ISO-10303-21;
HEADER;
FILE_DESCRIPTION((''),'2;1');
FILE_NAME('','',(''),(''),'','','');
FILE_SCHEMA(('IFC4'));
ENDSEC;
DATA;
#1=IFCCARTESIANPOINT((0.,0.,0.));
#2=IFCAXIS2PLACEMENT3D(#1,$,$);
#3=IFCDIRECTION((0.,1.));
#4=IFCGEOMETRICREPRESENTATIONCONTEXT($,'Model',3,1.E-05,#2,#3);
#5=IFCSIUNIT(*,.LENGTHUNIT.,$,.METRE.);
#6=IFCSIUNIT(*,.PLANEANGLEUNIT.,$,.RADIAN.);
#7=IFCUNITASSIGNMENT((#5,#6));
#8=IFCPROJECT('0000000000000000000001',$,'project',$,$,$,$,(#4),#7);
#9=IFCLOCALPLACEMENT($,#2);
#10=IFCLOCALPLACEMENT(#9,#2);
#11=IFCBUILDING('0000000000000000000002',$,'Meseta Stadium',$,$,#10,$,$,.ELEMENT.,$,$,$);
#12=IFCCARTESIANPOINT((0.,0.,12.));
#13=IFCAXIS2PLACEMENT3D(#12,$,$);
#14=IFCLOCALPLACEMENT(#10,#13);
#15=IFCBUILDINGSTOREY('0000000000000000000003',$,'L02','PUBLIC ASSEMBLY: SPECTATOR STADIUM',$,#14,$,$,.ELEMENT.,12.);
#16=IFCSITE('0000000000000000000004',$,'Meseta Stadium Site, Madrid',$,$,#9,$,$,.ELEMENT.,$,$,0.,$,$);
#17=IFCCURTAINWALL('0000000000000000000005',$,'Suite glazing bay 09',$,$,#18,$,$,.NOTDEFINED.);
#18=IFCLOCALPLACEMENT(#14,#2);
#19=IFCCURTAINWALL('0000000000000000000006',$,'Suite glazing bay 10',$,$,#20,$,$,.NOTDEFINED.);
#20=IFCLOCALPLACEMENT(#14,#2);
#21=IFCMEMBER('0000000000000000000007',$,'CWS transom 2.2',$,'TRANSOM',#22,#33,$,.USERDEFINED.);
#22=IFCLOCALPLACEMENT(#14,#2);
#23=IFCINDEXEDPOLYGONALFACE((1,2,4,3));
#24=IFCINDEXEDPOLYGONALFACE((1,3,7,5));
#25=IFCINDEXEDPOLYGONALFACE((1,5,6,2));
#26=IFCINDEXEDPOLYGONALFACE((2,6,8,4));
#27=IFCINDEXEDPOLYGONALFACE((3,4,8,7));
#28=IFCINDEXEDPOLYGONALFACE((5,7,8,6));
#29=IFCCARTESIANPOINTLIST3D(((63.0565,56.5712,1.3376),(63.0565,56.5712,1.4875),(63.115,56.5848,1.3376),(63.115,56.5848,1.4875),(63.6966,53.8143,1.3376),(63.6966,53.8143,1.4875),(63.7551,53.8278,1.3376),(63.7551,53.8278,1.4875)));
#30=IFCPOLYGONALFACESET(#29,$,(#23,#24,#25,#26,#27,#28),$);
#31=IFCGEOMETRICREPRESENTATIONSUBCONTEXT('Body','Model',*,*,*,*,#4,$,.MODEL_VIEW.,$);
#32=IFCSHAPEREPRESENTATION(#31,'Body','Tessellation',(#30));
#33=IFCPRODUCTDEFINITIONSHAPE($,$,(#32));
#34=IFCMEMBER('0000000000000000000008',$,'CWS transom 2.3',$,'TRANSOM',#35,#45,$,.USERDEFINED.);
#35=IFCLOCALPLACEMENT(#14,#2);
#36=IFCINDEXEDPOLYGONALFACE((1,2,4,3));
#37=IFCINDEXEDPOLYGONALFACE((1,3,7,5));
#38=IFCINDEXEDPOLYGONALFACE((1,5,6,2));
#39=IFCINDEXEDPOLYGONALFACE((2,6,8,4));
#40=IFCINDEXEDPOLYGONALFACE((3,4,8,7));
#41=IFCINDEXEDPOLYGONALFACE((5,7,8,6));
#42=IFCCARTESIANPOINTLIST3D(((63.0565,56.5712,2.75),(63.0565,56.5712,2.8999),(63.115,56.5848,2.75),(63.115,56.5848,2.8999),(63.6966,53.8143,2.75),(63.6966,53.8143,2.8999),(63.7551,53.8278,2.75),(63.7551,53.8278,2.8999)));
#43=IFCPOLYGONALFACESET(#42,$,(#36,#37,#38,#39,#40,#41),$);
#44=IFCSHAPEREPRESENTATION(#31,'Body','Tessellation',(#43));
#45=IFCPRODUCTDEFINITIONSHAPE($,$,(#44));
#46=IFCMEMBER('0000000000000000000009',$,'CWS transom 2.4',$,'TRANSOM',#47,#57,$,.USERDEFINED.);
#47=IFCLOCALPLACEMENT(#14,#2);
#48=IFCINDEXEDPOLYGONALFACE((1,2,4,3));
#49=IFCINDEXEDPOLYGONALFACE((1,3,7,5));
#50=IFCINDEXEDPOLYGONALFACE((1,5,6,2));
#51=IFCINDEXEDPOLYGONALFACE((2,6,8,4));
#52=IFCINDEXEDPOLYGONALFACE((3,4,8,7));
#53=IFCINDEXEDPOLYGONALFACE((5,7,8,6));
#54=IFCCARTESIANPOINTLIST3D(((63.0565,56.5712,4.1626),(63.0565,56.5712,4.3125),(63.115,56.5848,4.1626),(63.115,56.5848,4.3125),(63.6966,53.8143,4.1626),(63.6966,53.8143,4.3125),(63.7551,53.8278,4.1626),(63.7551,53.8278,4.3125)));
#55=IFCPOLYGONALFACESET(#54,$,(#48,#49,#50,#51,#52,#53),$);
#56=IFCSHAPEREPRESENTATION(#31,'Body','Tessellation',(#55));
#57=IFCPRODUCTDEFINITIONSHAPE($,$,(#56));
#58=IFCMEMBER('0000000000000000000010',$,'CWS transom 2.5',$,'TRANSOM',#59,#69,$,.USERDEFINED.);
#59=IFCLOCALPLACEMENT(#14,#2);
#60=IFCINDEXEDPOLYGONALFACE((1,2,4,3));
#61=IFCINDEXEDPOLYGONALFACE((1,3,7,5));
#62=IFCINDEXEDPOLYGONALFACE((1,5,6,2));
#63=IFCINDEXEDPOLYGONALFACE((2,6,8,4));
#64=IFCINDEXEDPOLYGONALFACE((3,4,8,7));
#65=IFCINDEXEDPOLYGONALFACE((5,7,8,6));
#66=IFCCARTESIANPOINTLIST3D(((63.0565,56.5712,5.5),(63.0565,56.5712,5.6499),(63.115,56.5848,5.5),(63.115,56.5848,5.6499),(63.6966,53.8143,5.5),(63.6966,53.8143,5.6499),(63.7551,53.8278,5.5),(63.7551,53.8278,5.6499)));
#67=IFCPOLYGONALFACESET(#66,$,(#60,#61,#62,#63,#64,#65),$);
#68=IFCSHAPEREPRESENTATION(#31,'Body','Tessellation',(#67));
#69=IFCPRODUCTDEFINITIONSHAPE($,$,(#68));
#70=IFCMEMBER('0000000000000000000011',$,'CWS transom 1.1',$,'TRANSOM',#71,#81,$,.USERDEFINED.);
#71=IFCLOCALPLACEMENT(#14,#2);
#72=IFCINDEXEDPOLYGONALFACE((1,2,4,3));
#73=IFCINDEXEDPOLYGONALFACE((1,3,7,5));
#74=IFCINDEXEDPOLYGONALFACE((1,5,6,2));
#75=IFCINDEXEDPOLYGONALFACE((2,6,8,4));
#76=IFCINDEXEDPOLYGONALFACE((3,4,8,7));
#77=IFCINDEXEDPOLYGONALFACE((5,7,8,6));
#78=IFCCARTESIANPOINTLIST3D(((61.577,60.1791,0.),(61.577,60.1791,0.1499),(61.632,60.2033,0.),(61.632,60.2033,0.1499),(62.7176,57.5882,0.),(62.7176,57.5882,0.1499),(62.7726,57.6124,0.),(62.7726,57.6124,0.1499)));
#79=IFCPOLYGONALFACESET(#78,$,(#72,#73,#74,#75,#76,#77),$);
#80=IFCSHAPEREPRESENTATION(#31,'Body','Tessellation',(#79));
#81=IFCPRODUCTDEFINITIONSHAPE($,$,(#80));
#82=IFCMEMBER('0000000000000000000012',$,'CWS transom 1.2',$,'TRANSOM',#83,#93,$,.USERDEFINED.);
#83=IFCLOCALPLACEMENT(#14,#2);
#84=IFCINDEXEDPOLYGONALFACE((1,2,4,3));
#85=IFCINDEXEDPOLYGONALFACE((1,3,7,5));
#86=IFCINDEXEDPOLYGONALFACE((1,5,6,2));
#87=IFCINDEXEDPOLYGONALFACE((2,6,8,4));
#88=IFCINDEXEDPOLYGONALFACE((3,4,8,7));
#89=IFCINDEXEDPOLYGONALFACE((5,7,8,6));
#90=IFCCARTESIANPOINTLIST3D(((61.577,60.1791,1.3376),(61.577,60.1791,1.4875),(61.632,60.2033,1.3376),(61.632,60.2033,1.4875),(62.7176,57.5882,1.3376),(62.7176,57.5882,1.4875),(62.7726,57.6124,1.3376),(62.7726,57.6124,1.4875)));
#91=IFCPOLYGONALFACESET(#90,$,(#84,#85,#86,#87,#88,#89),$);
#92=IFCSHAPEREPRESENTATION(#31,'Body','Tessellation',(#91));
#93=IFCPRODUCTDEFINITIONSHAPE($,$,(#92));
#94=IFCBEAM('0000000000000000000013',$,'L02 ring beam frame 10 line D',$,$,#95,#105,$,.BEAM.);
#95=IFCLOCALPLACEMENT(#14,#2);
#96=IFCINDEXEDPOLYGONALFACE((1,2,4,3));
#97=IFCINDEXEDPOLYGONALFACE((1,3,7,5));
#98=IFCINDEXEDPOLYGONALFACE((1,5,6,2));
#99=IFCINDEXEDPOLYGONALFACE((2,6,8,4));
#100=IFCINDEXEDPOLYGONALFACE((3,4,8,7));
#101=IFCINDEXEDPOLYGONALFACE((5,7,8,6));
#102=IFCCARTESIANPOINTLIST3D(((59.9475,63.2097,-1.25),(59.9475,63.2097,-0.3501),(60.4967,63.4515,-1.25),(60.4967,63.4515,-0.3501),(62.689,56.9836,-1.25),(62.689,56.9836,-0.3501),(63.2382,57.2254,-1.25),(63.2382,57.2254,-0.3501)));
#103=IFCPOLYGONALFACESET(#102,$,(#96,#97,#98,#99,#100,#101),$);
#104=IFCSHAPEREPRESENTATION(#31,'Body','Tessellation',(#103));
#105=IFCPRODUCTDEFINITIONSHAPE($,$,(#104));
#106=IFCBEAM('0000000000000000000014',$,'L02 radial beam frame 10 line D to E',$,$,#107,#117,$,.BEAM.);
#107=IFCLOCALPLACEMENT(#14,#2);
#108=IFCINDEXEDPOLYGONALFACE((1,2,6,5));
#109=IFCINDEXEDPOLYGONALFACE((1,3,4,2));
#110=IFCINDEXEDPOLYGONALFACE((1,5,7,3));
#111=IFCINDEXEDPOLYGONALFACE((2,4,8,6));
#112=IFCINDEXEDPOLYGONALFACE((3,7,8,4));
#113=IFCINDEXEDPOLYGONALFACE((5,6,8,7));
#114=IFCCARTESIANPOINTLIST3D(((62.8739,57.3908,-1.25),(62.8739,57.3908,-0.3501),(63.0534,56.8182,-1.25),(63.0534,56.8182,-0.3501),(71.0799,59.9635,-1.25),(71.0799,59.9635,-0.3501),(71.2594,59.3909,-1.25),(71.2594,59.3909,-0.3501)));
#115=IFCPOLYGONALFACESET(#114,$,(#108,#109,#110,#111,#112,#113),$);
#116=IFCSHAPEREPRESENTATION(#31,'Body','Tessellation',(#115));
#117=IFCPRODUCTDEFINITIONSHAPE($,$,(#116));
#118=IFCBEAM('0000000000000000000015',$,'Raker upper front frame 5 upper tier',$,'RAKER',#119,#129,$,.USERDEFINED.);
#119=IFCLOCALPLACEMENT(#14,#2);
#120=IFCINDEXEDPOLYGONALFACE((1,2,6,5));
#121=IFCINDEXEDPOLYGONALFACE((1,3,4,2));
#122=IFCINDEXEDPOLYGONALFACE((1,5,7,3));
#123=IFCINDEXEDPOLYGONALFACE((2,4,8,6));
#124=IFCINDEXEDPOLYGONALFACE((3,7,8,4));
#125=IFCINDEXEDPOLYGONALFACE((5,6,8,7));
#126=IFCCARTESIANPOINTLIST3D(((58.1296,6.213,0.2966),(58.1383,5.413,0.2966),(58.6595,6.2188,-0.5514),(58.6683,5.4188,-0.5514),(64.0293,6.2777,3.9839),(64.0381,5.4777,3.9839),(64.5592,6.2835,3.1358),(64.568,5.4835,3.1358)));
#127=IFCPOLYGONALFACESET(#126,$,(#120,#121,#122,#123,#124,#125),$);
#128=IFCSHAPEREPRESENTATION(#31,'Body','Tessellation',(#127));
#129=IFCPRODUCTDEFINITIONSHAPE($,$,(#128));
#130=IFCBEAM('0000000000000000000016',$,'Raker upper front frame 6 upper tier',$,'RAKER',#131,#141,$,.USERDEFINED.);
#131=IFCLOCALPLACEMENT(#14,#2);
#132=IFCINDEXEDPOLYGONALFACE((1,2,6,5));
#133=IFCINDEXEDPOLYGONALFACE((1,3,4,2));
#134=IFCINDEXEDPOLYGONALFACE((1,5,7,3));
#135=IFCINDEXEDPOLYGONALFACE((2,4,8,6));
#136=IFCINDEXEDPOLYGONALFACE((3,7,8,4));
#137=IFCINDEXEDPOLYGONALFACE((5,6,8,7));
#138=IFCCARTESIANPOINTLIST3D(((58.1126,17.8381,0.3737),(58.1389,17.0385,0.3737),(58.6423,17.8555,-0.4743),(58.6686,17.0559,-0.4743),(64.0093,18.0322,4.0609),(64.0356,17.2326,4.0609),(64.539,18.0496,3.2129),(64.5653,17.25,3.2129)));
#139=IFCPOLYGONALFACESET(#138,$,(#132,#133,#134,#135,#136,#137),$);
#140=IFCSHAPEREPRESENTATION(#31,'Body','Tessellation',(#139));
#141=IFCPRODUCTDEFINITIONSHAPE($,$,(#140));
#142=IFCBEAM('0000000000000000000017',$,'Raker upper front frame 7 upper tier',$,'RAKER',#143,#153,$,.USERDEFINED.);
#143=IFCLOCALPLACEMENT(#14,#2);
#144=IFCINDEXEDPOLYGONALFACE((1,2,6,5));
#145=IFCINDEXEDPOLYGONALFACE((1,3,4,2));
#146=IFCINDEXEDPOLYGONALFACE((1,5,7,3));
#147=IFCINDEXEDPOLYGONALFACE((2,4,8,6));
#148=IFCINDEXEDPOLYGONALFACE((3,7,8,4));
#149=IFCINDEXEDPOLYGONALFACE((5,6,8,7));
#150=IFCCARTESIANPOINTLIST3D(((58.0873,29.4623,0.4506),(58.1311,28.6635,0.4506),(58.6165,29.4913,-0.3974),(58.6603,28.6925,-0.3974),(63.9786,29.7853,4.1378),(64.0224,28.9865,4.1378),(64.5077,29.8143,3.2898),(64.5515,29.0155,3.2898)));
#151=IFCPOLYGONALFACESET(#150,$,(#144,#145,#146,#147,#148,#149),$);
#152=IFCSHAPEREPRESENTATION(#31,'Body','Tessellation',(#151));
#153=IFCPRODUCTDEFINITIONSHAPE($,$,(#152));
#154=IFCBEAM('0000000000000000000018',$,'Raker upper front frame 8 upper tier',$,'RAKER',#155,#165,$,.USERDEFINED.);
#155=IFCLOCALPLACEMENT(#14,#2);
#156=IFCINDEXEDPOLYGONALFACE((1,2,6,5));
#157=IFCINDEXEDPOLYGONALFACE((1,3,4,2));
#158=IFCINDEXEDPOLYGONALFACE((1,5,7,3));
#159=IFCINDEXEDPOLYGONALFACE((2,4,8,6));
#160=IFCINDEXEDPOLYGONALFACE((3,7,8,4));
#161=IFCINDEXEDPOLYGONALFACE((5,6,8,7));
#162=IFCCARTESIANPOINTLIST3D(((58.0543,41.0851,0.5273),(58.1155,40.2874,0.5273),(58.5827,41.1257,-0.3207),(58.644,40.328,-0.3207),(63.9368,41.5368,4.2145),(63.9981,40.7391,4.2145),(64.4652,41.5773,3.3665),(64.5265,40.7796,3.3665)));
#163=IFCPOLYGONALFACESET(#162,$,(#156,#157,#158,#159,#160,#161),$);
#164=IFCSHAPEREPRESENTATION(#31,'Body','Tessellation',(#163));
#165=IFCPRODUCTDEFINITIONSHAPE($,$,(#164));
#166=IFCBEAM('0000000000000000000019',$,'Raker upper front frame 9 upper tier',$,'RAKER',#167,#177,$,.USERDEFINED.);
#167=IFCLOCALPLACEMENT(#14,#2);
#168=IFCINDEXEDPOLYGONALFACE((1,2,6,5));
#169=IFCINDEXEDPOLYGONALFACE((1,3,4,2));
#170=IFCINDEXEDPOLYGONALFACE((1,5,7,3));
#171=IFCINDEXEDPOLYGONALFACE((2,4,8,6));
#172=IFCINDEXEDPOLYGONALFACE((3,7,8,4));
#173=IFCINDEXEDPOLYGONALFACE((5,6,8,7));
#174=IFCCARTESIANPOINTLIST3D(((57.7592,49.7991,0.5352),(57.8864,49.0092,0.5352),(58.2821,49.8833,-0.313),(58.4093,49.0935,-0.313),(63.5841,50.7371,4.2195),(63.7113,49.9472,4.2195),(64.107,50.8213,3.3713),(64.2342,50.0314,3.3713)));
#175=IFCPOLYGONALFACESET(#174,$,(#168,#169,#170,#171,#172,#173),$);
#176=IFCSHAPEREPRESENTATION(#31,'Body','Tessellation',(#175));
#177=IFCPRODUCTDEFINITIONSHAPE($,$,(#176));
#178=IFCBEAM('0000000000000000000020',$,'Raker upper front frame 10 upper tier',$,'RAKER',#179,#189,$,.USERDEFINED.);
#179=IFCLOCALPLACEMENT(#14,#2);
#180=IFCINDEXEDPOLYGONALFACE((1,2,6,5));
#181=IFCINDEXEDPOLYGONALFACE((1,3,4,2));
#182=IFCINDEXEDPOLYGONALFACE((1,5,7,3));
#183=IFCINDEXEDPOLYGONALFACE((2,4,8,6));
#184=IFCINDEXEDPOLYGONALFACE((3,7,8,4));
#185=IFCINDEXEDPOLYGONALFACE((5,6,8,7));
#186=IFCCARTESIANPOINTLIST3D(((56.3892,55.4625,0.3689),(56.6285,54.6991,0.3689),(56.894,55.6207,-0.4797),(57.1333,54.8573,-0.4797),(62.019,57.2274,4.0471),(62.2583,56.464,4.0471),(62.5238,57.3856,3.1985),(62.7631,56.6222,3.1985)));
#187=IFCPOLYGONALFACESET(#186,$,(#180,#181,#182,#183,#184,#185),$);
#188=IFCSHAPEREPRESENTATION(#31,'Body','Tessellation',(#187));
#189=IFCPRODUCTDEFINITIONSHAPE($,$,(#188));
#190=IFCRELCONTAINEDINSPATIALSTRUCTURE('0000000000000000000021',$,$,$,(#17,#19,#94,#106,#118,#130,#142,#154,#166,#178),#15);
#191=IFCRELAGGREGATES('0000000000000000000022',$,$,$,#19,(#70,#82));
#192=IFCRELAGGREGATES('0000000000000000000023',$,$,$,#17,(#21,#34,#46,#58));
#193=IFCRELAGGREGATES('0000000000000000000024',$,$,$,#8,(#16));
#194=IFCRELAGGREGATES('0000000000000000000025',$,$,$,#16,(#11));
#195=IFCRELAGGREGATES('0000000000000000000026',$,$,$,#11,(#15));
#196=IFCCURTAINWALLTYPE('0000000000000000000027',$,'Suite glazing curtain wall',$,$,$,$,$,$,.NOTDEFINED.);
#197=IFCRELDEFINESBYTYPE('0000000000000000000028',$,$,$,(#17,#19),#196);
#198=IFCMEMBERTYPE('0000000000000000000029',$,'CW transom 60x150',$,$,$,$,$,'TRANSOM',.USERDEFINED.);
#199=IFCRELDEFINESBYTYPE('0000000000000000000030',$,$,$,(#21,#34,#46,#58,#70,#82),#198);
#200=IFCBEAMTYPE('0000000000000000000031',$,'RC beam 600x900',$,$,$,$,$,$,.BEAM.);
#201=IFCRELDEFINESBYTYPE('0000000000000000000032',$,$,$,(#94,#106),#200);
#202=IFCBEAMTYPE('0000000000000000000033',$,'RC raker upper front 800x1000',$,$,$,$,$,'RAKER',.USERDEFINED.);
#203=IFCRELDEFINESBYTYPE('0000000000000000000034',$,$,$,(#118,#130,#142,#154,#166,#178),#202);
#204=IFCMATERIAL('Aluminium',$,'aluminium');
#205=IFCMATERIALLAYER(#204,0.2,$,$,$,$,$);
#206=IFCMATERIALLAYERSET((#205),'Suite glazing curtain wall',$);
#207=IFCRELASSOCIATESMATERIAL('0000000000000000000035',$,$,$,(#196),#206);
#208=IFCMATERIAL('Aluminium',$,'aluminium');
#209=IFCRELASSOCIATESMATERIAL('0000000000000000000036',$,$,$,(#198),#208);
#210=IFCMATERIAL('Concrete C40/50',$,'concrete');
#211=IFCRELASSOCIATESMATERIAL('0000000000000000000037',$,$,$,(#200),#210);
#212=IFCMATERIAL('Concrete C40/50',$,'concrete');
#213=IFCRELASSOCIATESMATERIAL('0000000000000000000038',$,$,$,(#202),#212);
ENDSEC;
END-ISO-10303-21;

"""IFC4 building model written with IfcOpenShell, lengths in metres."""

from ifc_helpers import new_model, si_unit, direction, frame, origin, origin_2d, place, context, subcontext, project, spatial, rectangle, extrude, material, layer, layer_set, material_profile, profile_set, type_object, element, aggregate, save


model = new_model("IFC4")

# Units and contexts
model_context = context("Model", 3, precision=1e-05, world=origin(), true_north=direction((0.0, 1.0)))
body_context = subcontext(model_context, "Body", "Model", "MODEL_VIEW")
ifc_project = project(units=[si_unit("LENGTHUNIT", "METRE"), si_unit("PLANEANGLEUNIT", "RADIAN")], contexts=[model_context])

# Site, building, storey
site_placement = place(None, origin())
site = spatial("IfcSite", under=ifc_project, at=site_placement, Name="Meseta Stadium Site, Madrid", CompositionType="ELEMENT", RefElevation=0.0)
building_placement = place(site_placement, origin())
building = spatial("IfcBuilding", under=site, at=building_placement, Name="Meseta Stadium", CompositionType="ELEMENT")
storey_placement = place(building_placement, frame((0.0, 0.0, 12.0)))
storey = spatial("IfcBuildingStorey", under=building, at=storey_placement, Name="L02", Description="PUBLIC ASSEMBLY: SPECTATOR STADIUM", CompositionType="ELEMENT", Elevation=12.0)

# Curtain wall
ifc_material_1 = material(Name="Aluminium", Category="aluminium")
ifc_layer_1 = layer(ifc_material_1, 0.2)
ifc_layer_set_1 = layer_set([ifc_layer_1], Name="Suite glazing curtain wall")
curtain_wall_type = type_object("IfcCurtainWallType", Name="Suite glazing curtain wall", PredefinedType="NOTDEFINED", material=ifc_layer_set_1)
curtain_wall_1_placement = place(storey_placement, origin())
curtain_wall_1 = element("IfcCurtainWall", 1, at=curtain_wall_1_placement, inside=storey, type_object=curtain_wall_type, Name="Suite glazing bay 09", PredefinedType="NOTDEFINED")

# Curtain wall
curtain_wall_2_placement = place(storey_placement, origin())
curtain_wall_2 = element("IfcCurtainWall", 2, at=curtain_wall_2_placement, inside=storey, type_object=curtain_wall_type, Name="Suite glazing bay 10", PredefinedType="NOTDEFINED")

# Members
ifc_material_2 = material(Name="Aluminium", Category="aluminium")
ifc_material_profile_1 = material_profile(ifc_material_2, rectangle(XDim=0.0601, YDim=0.1499, at=origin_2d()), Name="CW 60x150")
ifc_profile_set_1 = profile_set([ifc_material_profile_1], Name="Aluminium")
member_type_1 = type_object("IfcMemberType", Name="CW transom 60x150", ElementType="TRANSOM", PredefinedType="USERDEFINED", material=ifc_profile_set_1)
member_1_placement = place(storey_placement, frame((63.7258, 53.821, 1.4126), z_axis=(-0.226163, 0.974089, 0.0), x_axis=(-0.974089, -0.226163, 0.0)))
member_1 = element("IfcMember", 3, at=member_1_placement, type_object=member_type_1, Name="CWS transom 2.2", ObjectType="TRANSOM", PredefinedType="USERDEFINED", context=body_context, shape_type="SweptSolid", body=[
    extrude(rectangle(XDim=0.0601, YDim=0.1499, at=origin_2d()), origin(), (0.0, 0.0, 1.0), 2.8303),
])
member_2_placement = place(storey_placement, frame((63.7258, 53.821, 2.825), z_axis=(-0.226163, 0.974089, 0.0), x_axis=(-0.974089, -0.226163, 0.0)))
member_2 = element("IfcMember", 4, at=member_2_placement, type_object=member_type_1, Name="CWS transom 2.3", ObjectType="TRANSOM", PredefinedType="USERDEFINED", context=body_context, shape_type="SweptSolid", body=[
    extrude(rectangle(XDim=0.0601, YDim=0.1499, at=origin_2d()), origin(), (0.0, 0.0, 1.0), 2.8303),
])
member_3_placement = place(storey_placement, frame((63.7258, 53.821, 4.2375), z_axis=(-0.226163, 0.974089, 0.0), x_axis=(-0.974089, -0.226163, 0.0)))
member_3 = element("IfcMember", 5, at=member_3_placement, type_object=member_type_1, Name="CWS transom 2.4", ObjectType="TRANSOM", PredefinedType="USERDEFINED", context=body_context, shape_type="SweptSolid", body=[
    extrude(rectangle(XDim=0.0601, YDim=0.1499, at=origin_2d()), origin(), (0.0, 0.0, 1.0), 2.8303),
])
member_4_placement = place(storey_placement, frame((63.7258, 53.821, 5.575), z_axis=(-0.226163, 0.974089, 0.0), x_axis=(-0.974089, -0.226163, 0.0)))
member_4 = element("IfcMember", 6, at=member_4_placement, type_object=member_type_1, Name="CWS transom 2.5", ObjectType="TRANSOM", PredefinedType="USERDEFINED", context=body_context, shape_type="SweptSolid", body=[
    extrude(rectangle(XDim=0.0601, YDim=0.1499, at=origin_2d()), origin(), (0.0, 0.0, 1.0), 2.8303),
])
member_5_placement = place(storey_placement, frame((62.7451, 57.6003, 0.075), z_axis=(-0.402935, 0.915229, 0.0), x_axis=(-0.915229, -0.402935, 0.0)))
member_5 = element("IfcMember", 7, at=member_5_placement, type_object=member_type_1, Name="CWS transom 1.1", ObjectType="TRANSOM", PredefinedType="USERDEFINED", context=body_context, shape_type="SweptSolid", body=[
    extrude(rectangle(XDim=0.0601, YDim=0.1499, at=origin_2d()), origin(), (0.0, 0.0, 1.0), 2.8308),
])
member_6_placement = place(storey_placement, frame((62.7451, 57.6003, 1.4126), z_axis=(-0.402935, 0.915229, 0.0), x_axis=(-0.915229, -0.402935, 0.0)))
member_6 = element("IfcMember", 8, at=member_6_placement, type_object=member_type_1, Name="CWS transom 1.2", ObjectType="TRANSOM", PredefinedType="USERDEFINED", context=body_context, shape_type="SweptSolid", body=[
    extrude(rectangle(XDim=0.0601, YDim=0.1499, at=origin_2d()), origin(), (0.0, 0.0, 1.0), 2.8308),
])
aggregate(curtain_wall_2, [member_5, member_6])

# Beams
ifc_material_3 = material(Name="Concrete C40/50", Category="concrete")
ifc_material_profile_2 = material_profile(ifc_material_3, rectangle(XDim=0.6001, YDim=0.8999, at=origin_2d()), Name="RC 600x900")
ifc_profile_set_2 = profile_set([ifc_material_profile_2], Name="Concrete C40/50")
beam_type_1 = type_object("IfcBeamType", Name="RC beam 600x900", PredefinedType="BEAM", material=ifc_profile_set_2)
beam_1_placement = place(storey_placement, frame((62.9636, 57.1045, -0.8), z_axis=(-0.402983, 0.915208, 0.0), x_axis=(-0.915208, -0.402983, 0.0)))
element("IfcBeam", 9, at=beam_1_placement, inside=storey, type_object=beam_type_1, Name="L02 ring beam frame 10 line D", PredefinedType="BEAM", context=body_context, shape_type="SweptSolid", body=[
    extrude(rectangle(XDim=0.6001, YDim=0.8999, at=origin_2d()), origin(), (0.0, 0.0, 1.0), 6.803),
])
beam_2_placement = place(storey_placement, frame((62.9636, 57.1045, -0.8), z_axis=(0.954203, 0.299161, 0.0), x_axis=(-0.299161, 0.954203, 0.0)))
element("IfcBeam", 10, at=beam_2_placement, inside=storey, type_object=beam_type_1, Name="L02 radial beam frame 10 line D to E", PredefinedType="BEAM", context=body_context, shape_type="SweptSolid", body=[
    extrude(rectangle(XDim=0.6001, YDim=0.8999, at=origin_2d()), origin(), (0.0, 0.0, 1.0), 8.5999),
])
ifc_material_4 = material(Name="Concrete C40/50", Category="concrete")
ifc_material_profile_3 = material_profile(ifc_material_4, rectangle(XDim=0.8, YDim=1.0, at=origin_2d()), Name="RC 800x1000")
ifc_profile_set_3 = profile_set([ifc_material_profile_3], Name="Concrete C40/50")
beam_type_2 = type_object("IfcBeamType", Name="RC raker upper front 800x1000", ElementType="RAKER", PredefinedType="USERDEFINED", material=ifc_profile_set_3)
beam_3_placement = place(storey_placement, frame((58.3989, 5.8159, -0.1274), z_axis=(0.847964, 0.009299, 0.529973), x_axis=(-0.010966, 0.99994, 0.0)))
element("IfcBeam", 11, at=beam_3_placement, inside=storey, type_object=beam_type_2, Name="Raker upper front frame 5 upper tier", ObjectType="RAKER", PredefinedType="USERDEFINED", context=body_context, shape_type="SweptSolid", body=[
    extrude(rectangle(XDim=0.8, YDim=1.0, at=origin_2d()), origin(), (0.0, 0.0, 1.0), 6.9575),
])
beam_4_placement = place(storey_placement, frame((58.3906, 17.447, -0.0503), z_axis=(0.847552, 0.027897, 0.529979), x_axis=(-0.032897, 0.999459, 0.0)))
element("IfcBeam", 12, at=beam_4_placement, inside=storey, type_object=beam_type_2, Name="Raker upper front frame 6 upper tier", ObjectType="RAKER", PredefinedType="USERDEFINED", context=body_context, shape_type="SweptSolid", body=[
    extrude(rectangle(XDim=0.8, YDim=1.0, at=origin_2d()), origin(), (0.0, 0.0, 1.0), 6.9573),
])
beam_5_placement = place(storey_placement, frame((58.3738, 29.0774, 0.0266), z_axis=(0.846751, 0.046424, 0.52996), x_axis=(-0.054744, 0.9985, 0.0)))
element("IfcBeam", 13, at=beam_5_placement, inside=storey, type_object=beam_type_2, Name="Raker upper front frame 7 upper tier", ObjectType="RAKER", PredefinedType="USERDEFINED", context=body_context, shape_type="SweptSolid", body=[
    extrude(rectangle(XDim=0.8, YDim=1.0, at=origin_2d()), origin(), (0.0, 0.0, 1.0), 6.9575),
])
beam_6_placement = place(storey_placement, frame((58.3491, 40.7065, 0.1033), z_axis=(0.845521, 0.064919, 0.529981), x_axis=(-0.076554, 0.997065, 0.0)))
element("IfcBeam", 14, at=beam_6_placement, inside=storey, type_object=beam_type_2, Name="Raker upper front frame 8 upper tier", ObjectType="RAKER", PredefinedType="USERDEFINED", context=body_context, shape_type="SweptSolid", body=[
    extrude(rectangle(XDim=0.8, YDim=1.0, at=origin_2d()), origin(), (0.0, 0.0, 1.0), 6.9573),
])
beam_7_placement = place(storey_placement, frame((58.0842, 49.4463, 0.1111), z_axis=(0.837415, 0.134848, 0.529671), x_axis=(-0.158981, 0.987282, 0.0)))
element("IfcBeam", 15, at=beam_7_placement, inside=storey, type_object=beam_type_2, Name="Raker upper front frame 9 upper tier", ObjectType="RAKER", PredefinedType="USERDEFINED", context=body_context, shape_type="SweptSolid", body=[
    extrude(rectangle(XDim=0.8, YDim=1.0, at=origin_2d()), origin(), (0.0, 0.0, 1.0), 6.9558),
])
beam_8_placement = place(storey_placement, frame((56.7612, 55.1599, -0.0554), z_axis=(0.809743, 0.253844, 0.529037), x_axis=(-0.299133, 0.954212, 0.0)))
element("IfcBeam", 16, at=beam_8_placement, inside=storey, type_object=beam_type_2, Name="Raker upper front frame 10 upper tier", ObjectType="RAKER", PredefinedType="USERDEFINED", context=body_context, shape_type="SweptSolid", body=[
    extrude(rectangle(XDim=0.8, YDim=1.0, at=origin_2d()), origin(), (0.0, 0.0, 1.0), 6.9526),
])

aggregate(curtain_wall_1, [member_1, member_2, member_3, member_4])

save(model, "model.ifc")
